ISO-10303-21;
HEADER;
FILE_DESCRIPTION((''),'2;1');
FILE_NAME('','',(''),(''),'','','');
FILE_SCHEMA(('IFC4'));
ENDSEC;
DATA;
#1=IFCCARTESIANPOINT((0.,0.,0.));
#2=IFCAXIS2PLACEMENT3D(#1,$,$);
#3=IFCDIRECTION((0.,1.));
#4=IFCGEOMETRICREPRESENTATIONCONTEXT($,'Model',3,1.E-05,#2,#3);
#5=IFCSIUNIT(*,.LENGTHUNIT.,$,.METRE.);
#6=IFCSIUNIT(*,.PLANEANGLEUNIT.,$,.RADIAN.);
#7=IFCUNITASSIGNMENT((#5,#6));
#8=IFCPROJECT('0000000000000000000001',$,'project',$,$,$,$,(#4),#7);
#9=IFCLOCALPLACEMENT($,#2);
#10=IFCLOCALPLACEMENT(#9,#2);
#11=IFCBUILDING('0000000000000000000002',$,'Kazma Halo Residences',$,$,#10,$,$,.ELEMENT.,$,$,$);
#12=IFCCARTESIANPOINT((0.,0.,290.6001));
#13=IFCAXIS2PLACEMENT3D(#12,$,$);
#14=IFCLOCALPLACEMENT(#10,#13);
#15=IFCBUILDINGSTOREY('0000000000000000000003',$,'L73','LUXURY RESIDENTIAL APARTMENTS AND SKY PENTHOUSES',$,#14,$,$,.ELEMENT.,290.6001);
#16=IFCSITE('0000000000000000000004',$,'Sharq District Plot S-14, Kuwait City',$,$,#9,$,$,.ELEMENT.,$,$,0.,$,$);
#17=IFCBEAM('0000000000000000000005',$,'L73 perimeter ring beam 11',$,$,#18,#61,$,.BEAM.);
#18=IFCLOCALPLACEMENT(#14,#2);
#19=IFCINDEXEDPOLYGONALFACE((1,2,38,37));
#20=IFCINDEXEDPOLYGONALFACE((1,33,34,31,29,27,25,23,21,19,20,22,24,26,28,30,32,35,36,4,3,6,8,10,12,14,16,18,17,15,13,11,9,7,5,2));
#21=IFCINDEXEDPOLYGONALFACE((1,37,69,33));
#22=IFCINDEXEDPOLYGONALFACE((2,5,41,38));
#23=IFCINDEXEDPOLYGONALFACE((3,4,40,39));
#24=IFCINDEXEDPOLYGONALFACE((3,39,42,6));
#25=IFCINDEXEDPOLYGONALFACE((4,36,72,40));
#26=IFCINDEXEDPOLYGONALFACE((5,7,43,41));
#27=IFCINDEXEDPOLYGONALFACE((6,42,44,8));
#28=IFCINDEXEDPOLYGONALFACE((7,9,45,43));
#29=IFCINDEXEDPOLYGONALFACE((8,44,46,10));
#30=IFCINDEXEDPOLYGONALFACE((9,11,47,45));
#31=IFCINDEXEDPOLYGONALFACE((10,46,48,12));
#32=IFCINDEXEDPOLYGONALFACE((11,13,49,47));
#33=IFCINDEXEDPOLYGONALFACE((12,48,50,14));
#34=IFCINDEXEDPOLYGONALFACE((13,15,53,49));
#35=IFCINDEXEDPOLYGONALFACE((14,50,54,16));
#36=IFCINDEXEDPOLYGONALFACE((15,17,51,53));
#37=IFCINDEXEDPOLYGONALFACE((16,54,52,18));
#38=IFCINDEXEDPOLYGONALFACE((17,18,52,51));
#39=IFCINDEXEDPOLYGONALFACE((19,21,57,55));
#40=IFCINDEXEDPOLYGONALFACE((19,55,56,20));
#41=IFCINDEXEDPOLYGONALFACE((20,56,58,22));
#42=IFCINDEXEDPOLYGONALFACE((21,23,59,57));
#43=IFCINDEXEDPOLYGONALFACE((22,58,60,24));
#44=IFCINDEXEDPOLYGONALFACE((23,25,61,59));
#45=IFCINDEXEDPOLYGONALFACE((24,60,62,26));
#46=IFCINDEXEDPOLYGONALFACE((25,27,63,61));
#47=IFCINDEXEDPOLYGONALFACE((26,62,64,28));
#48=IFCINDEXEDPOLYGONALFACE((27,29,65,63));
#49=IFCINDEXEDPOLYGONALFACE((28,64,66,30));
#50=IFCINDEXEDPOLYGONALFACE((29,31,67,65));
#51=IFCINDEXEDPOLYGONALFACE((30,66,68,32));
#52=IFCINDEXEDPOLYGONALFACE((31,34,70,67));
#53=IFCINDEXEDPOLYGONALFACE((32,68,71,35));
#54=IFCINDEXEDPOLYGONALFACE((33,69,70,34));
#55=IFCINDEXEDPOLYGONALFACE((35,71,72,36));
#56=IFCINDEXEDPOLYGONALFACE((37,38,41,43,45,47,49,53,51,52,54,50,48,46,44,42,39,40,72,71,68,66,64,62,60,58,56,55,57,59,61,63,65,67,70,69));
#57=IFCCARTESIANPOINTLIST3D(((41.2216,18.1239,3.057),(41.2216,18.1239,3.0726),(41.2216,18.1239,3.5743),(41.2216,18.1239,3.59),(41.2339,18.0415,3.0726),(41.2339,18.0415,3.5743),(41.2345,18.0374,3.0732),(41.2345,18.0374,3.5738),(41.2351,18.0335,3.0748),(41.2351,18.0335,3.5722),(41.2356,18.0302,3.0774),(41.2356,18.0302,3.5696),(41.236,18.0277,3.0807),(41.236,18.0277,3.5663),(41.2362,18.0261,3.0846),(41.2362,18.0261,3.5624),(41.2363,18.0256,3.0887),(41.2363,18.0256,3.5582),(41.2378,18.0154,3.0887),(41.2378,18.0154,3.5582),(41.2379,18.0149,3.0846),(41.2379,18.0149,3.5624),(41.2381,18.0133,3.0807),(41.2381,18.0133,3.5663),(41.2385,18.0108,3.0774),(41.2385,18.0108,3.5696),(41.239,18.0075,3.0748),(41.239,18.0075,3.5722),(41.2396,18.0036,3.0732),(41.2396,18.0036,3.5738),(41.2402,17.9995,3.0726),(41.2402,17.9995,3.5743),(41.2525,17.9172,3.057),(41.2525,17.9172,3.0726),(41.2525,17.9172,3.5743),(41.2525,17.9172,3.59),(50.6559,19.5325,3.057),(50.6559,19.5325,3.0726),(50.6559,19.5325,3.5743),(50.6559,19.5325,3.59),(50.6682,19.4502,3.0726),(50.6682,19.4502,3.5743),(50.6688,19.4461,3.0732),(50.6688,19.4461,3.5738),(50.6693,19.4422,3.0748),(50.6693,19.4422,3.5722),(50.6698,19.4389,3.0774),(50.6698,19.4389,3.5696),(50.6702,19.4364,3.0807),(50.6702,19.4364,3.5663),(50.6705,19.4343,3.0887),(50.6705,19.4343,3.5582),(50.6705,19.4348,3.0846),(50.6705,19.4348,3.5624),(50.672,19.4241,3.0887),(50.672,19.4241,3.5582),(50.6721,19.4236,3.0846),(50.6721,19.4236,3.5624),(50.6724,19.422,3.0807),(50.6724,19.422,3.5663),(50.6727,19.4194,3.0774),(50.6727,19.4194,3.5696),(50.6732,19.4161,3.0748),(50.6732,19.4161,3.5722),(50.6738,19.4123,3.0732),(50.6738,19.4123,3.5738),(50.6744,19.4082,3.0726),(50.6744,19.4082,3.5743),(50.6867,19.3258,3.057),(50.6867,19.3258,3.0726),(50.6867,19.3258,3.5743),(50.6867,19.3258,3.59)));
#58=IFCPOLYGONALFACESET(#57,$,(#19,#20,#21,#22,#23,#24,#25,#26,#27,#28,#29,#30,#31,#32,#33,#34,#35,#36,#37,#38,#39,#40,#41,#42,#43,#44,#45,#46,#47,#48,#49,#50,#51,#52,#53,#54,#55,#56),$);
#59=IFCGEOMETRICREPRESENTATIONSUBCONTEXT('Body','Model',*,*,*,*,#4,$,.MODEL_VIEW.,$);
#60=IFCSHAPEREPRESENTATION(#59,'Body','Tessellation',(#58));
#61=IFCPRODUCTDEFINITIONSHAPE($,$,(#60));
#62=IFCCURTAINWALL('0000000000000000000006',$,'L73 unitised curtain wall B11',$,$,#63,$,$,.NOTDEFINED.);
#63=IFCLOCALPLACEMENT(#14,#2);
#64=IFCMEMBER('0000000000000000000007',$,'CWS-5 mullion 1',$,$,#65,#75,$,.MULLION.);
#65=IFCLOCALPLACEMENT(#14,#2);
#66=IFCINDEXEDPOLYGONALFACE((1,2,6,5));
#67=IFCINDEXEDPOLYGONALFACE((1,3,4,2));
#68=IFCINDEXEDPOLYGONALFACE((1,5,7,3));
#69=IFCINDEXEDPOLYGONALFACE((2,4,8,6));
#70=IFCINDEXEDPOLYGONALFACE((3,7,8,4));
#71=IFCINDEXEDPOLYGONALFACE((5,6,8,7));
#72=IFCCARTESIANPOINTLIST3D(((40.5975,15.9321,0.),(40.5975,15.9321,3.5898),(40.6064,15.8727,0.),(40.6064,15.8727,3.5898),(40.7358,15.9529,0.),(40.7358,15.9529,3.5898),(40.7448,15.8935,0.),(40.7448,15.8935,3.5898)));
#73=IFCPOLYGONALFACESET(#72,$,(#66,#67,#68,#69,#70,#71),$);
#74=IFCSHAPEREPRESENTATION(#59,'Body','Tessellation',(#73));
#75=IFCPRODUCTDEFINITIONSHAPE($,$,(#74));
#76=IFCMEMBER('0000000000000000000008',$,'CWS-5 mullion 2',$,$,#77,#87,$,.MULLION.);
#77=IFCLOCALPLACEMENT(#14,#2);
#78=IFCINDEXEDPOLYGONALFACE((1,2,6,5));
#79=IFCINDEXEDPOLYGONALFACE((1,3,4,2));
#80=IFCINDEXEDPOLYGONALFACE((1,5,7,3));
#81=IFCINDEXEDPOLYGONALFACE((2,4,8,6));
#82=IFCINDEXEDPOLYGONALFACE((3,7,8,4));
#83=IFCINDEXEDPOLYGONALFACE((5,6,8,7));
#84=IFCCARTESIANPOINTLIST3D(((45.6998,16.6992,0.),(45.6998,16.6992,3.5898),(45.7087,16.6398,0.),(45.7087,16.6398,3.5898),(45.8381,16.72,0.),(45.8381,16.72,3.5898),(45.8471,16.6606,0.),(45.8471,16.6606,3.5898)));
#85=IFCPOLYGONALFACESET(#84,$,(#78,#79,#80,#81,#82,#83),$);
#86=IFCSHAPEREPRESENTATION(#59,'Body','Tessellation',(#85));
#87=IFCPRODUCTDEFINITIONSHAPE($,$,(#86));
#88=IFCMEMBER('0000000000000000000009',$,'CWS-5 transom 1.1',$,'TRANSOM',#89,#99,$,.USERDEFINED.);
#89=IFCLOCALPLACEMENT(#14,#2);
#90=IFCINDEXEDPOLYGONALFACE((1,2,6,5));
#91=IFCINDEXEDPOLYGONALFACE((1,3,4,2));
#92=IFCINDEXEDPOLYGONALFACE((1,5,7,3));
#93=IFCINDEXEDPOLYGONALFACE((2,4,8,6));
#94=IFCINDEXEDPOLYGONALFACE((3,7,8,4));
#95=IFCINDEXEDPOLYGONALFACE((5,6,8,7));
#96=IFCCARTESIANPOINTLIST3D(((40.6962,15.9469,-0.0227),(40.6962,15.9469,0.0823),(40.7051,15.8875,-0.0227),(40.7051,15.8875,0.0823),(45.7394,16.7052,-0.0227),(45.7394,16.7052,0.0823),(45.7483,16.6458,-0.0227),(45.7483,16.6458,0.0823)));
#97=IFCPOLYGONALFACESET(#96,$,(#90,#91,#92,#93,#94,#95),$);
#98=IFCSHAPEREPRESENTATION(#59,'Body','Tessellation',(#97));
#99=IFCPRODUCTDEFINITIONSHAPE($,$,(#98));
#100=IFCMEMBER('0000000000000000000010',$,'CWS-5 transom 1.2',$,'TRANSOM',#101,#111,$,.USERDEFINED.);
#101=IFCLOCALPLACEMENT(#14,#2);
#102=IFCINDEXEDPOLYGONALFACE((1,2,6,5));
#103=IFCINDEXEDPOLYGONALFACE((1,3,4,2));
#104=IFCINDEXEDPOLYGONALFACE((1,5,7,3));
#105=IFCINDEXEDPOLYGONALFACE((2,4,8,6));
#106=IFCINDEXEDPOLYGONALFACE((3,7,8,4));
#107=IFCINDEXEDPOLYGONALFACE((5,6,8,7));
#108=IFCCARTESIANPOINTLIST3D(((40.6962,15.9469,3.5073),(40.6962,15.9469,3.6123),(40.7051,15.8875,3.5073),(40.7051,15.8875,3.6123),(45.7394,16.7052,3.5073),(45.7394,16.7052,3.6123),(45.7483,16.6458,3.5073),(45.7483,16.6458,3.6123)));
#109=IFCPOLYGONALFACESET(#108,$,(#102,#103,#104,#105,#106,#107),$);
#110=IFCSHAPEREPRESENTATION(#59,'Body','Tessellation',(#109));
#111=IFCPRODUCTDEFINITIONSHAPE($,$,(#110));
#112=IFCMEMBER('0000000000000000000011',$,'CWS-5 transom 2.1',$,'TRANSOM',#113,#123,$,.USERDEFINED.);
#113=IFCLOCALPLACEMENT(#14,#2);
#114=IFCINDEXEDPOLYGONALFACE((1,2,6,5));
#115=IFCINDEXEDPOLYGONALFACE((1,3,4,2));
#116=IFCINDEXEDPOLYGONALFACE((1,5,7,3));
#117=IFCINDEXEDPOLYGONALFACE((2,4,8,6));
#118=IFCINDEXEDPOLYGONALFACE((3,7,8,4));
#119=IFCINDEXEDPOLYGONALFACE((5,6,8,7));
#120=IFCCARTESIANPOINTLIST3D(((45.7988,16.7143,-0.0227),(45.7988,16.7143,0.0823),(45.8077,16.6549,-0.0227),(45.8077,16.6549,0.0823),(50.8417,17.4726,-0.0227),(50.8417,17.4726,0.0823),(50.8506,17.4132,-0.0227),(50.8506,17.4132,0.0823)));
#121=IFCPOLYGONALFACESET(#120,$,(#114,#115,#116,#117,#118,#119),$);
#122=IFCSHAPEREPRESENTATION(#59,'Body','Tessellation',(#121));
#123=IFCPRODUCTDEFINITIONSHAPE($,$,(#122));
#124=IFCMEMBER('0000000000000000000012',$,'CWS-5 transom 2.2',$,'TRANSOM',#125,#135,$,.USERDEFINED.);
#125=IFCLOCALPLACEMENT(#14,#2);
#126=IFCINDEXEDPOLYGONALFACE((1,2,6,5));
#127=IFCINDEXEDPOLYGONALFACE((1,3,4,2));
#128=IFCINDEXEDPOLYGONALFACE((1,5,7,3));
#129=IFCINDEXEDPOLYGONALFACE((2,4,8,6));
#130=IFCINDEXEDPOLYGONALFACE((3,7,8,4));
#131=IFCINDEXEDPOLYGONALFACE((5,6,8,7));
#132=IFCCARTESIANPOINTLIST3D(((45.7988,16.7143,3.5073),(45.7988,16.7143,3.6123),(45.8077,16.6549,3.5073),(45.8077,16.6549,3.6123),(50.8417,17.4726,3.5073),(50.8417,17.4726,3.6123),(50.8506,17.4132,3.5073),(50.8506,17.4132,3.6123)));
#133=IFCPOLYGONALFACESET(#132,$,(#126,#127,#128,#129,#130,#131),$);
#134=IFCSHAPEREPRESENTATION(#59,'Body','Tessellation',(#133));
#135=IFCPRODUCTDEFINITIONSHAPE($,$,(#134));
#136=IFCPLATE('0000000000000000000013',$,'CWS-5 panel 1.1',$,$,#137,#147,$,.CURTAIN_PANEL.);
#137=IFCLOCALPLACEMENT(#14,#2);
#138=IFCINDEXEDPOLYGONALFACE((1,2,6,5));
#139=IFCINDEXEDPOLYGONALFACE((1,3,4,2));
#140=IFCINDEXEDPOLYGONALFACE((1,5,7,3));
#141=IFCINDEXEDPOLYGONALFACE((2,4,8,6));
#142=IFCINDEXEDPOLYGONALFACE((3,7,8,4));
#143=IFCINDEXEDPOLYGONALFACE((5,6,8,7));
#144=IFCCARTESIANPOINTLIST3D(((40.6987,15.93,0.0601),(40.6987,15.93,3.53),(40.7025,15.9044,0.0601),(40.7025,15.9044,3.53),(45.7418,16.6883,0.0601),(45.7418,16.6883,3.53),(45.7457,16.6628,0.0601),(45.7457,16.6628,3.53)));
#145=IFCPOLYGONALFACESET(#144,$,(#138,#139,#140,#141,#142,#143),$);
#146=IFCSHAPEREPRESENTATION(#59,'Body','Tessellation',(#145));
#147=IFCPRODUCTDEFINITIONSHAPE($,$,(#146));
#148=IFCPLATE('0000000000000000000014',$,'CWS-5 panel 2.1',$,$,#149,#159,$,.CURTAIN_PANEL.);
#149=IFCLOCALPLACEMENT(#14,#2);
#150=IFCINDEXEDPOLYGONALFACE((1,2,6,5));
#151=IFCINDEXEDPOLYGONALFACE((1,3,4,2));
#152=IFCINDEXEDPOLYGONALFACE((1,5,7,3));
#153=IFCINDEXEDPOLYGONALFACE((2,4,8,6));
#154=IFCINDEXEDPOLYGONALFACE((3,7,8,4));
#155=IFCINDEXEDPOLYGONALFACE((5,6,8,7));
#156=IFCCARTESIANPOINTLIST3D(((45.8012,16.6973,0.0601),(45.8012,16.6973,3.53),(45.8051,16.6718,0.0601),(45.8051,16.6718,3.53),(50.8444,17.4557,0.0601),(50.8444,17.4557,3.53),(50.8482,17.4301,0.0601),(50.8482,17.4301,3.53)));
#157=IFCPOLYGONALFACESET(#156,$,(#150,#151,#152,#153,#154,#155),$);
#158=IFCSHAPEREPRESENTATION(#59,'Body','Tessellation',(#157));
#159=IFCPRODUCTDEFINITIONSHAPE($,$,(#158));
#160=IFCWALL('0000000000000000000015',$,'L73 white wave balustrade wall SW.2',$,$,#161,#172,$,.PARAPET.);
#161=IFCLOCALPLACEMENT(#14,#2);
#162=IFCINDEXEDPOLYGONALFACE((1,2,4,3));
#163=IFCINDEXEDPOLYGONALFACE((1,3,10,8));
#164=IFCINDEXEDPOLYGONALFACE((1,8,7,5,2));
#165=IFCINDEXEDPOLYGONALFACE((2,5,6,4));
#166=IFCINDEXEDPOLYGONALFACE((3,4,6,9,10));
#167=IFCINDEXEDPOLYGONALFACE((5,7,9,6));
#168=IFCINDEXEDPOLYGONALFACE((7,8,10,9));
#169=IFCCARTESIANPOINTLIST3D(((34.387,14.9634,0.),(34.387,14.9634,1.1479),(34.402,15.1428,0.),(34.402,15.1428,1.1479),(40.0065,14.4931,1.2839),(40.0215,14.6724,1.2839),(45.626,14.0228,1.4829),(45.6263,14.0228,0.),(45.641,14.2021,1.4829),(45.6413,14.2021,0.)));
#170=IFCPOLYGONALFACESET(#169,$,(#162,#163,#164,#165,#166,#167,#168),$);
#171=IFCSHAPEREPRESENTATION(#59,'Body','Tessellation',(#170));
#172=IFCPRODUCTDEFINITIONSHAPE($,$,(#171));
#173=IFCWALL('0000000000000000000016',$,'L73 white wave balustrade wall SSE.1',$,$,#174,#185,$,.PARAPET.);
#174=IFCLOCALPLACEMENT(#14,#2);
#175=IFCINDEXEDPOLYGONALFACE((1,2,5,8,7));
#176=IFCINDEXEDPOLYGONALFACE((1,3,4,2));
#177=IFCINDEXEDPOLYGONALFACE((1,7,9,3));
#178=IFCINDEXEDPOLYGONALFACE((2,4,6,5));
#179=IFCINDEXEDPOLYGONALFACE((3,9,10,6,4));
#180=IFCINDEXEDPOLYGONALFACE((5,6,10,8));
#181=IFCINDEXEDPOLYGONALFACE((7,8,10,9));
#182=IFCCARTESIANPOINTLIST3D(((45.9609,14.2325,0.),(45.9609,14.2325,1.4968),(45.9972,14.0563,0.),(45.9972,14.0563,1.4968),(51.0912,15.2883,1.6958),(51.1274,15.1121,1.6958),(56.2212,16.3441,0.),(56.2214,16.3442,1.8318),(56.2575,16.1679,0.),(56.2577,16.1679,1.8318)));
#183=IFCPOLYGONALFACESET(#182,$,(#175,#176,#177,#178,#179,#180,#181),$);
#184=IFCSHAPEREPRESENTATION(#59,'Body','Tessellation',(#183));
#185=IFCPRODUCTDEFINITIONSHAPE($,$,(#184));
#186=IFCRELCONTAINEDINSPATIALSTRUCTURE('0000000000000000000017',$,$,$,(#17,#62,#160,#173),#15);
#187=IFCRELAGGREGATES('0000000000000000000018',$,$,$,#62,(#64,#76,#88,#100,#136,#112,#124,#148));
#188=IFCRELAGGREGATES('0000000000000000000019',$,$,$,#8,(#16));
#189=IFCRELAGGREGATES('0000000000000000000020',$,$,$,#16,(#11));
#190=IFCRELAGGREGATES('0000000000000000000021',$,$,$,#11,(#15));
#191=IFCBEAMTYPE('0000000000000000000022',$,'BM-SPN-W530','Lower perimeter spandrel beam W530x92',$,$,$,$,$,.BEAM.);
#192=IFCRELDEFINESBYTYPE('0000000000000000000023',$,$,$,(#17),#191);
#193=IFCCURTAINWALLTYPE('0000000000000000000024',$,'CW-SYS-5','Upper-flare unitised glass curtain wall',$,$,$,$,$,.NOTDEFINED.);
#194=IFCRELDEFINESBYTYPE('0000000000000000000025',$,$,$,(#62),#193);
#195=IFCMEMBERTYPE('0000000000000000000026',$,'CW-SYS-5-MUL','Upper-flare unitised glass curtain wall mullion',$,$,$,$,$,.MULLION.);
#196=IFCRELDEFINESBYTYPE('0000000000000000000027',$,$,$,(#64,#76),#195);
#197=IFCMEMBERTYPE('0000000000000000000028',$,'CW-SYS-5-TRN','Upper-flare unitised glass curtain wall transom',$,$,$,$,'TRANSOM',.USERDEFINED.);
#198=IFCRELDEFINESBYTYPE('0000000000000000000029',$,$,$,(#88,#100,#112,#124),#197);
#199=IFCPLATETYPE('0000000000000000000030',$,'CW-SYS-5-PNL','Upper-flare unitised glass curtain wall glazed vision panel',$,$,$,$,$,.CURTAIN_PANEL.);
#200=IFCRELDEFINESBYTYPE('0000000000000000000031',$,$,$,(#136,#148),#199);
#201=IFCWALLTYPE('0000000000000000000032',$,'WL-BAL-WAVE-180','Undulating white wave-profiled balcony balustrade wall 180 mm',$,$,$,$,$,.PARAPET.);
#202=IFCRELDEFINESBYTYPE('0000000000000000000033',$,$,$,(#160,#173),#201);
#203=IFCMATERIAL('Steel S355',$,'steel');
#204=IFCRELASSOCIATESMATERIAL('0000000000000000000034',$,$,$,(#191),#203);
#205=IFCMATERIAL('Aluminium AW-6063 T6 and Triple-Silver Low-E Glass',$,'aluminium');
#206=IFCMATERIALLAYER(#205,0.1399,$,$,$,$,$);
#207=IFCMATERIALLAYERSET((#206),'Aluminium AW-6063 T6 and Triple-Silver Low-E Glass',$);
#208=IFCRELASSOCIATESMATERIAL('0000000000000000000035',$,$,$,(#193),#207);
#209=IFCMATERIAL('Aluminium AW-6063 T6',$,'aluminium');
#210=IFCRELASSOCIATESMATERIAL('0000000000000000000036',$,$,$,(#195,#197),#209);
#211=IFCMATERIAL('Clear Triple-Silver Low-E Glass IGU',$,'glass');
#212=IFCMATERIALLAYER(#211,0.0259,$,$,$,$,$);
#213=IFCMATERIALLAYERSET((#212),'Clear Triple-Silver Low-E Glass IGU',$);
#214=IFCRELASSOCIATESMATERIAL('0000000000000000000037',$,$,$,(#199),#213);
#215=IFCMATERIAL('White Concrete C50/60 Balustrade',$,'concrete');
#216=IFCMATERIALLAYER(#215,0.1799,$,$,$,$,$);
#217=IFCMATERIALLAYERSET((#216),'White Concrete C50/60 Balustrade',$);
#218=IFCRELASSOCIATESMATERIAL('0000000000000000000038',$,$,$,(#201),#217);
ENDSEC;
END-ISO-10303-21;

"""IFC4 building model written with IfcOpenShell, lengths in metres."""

from ifc_helpers import new_model, si_unit, direction, frame, origin, origin_2d, place, context, subcontext, project, spatial, polyline, rectangle, i_section, outline, extrude, material, layer, layer_set, material_profile, profile_set, type_object, element, aggregate, save


model = new_model("IFC4")

# Units and contexts
model_context = context("Model", 3, precision=1e-05, world=origin(), true_north=direction((0.0, 1.0)))
body_context = subcontext(model_context, "Body", "Model", "MODEL_VIEW")
ifc_project = project(units=[si_unit("LENGTHUNIT", "METRE"), si_unit("PLANEANGLEUNIT", "RADIAN")], contexts=[model_context])

# Site, building, storey
site_placement = place(None, origin())
site = spatial("IfcSite", under=ifc_project, at=site_placement, Name="Sharq District Plot S-14, Kuwait City", CompositionType="ELEMENT", RefElevation=0.0)
building_placement = place(site_placement, origin())
building = spatial("IfcBuilding", under=site, at=building_placement, Name="Kazma Halo Residences", CompositionType="ELEMENT")
storey_placement = place(building_placement, frame((0.0, 0.0, 290.6001)))
storey = spatial("IfcBuildingStorey", under=building, at=storey_placement, Name="L73", Description="LUXURY RESIDENTIAL APARTMENTS AND SKY PENTHOUSES", CompositionType="ELEMENT", Elevation=290.6001)

# Beam
ifc_material_1 = material(Name="Steel S355", Category="steel")
ifc_material_profile_1 = material_profile(ifc_material_1, i_section(OverallWidth=0.209, OverallDepth=0.533, WebThickness=0.0103, FlangeThickness=0.0156, FilletRadius=0.0161, at=origin_2d()), Name="W530x92")
ifc_profile_set_1 = profile_set([ifc_material_profile_1], Name="Steel S355")
beam_type_1 = type_object("IfcBeamType", Name="BM-SPN-W530", Description="Lower perimeter spandrel beam W530x92", PredefinedType="BEAM", material=ifc_profile_set_1)
beam_1_placement = place(storey_placement, frame((41.2371, 18.0205, 3.3235), z_axis=(0.989035, 0.147678, 0.0), x_axis=(-0.147678, 0.989035, 0.0)))
element("IfcBeam", 1, at=beam_1_placement, inside=storey, type_object=beam_type_1, Name="L73 perimeter ring beam 11", PredefinedType="BEAM", context=body_context, shape_type="SweptSolid", body=[
    extrude(i_section(OverallWidth=0.209, OverallDepth=0.533, WebThickness=0.0103, FlangeThickness=0.0156, FilletRadius=0.0161, at=origin_2d()), origin(), (0.0, 0.0, 1.0), 9.5388),
])

# Curtain wall, members, plates
ifc_material_2 = material(Name="Aluminium AW-6063 T6 and Triple-Silver Low-E Glass", Category="aluminium")
ifc_layer_1 = layer(ifc_material_2, 0.1399)
ifc_layer_set_1 = layer_set([ifc_layer_1], Name="Aluminium AW-6063 T6 and Triple-Silver Low-E Glass")
curtain_wall_type = type_object("IfcCurtainWallType", Name="CW-SYS-5", Description="Upper-flare unitised glass curtain wall", PredefinedType="NOTDEFINED", material=ifc_layer_set_1)
curtain_wall_placement = place(storey_placement, origin())
curtain_wall = element("IfcCurtainWall", 2, at=curtain_wall_placement, inside=storey, type_object=curtain_wall_type, Name="L73 unitised curtain wall B11", PredefinedType="NOTDEFINED")
ifc_material_3 = material(Name="Aluminium AW-6063 T6", Category="aluminium")
ifc_material_profile_2 = material_profile(ifc_material_3, rectangle(XDim=0.0601, YDim=0.1399, at=origin_2d()), Name="CWM-60x140")
ifc_profile_set_2 = profile_set([ifc_material_profile_2], Name="Aluminium AW-6063 T6")
member_type_1 = type_object("IfcMemberType", Name="CW-SYS-5-MUL", Description="Upper-flare unitised glass curtain wall mullion", PredefinedType="MULLION", material=ifc_profile_set_2)
member_1_placement = place(storey_placement, frame((40.6711, 15.9128, 0.0), z_axis=(0.0, 0.0, 1.0), x_axis=(-0.148697, 0.988883, 0.0)))
member_1 = element("IfcMember", 3, at=member_1_placement, type_object=member_type_1, Name="CWS-5 mullion 1", PredefinedType="MULLION", context=body_context, shape_type="SweptSolid", body=[
    extrude(rectangle(XDim=0.0601, YDim=0.1399, at=origin_2d()), origin(), (0.0, 0.0, 1.0), 3.5898),
])
member_2_placement = place(storey_placement, frame((45.7734, 16.6799, 0.0), z_axis=(0.0, 0.0, 1.0), x_axis=(-0.148697, 0.988883, 0.0)))
member_2 = element("IfcMember", 4, at=member_2_placement, type_object=member_type_1, Name="CWS-5 mullion 2", PredefinedType="MULLION", context=body_context, shape_type="SweptSolid", body=[
    extrude(rectangle(XDim=0.0601, YDim=0.1399, at=origin_2d()), origin(), (0.0, 0.0, 1.0), 3.5898),
])
ifc_material_profile_3 = material_profile(ifc_material_3, rectangle(XDim=0.0601, YDim=0.105, at=origin_2d()), Name="CWT-60x105")
ifc_profile_set_3 = profile_set([ifc_material_profile_3], Name="Aluminium AW-6063 T6")
member_type_2 = type_object("IfcMemberType", Name="CW-SYS-5-TRN", Description="Upper-flare unitised glass curtain wall transom", ElementType="TRANSOM", PredefinedType="USERDEFINED", material=ifc_profile_set_3)
member_3_placement = place(storey_placement, frame((40.7007, 15.9172, 0.0298), z_axis=(0.988884, 0.148689, 0.0), x_axis=(-0.148689, 0.988884, 0.0)))
member_3 = element("IfcMember", 5, at=member_3_placement, type_object=member_type_2, Name="CWS-5 transom 1.1", ObjectType="TRANSOM", PredefinedType="USERDEFINED", context=body_context, shape_type="SweptSolid", body=[
    extrude(rectangle(XDim=0.0601, YDim=0.105, at=origin_2d()), origin(), (0.0, 0.0, 1.0), 5.0999),
])
member_4_placement = place(storey_placement, frame((40.7007, 15.9172, 3.5598), z_axis=(0.988884, 0.148689, 0.0), x_axis=(-0.148689, 0.988884, 0.0)))
member_4 = element("IfcMember", 6, at=member_4_placement, type_object=member_type_2, Name="CWS-5 transom 1.2", ObjectType="TRANSOM", PredefinedType="USERDEFINED", context=body_context, shape_type="SweptSolid", body=[
    extrude(rectangle(XDim=0.0601, YDim=0.105, at=origin_2d()), origin(), (0.0, 0.0, 1.0), 5.0999),
])
member_5_placement = place(storey_placement, frame((45.8032, 16.6846, 0.0298), z_axis=(0.988883, 0.148696, 0.0), x_axis=(-0.148696, 0.988883, 0.0)))
member_5 = element("IfcMember", 7, at=member_5_placement, type_object=member_type_2, Name="CWS-5 transom 2.1", ObjectType="TRANSOM", PredefinedType="USERDEFINED", context=body_context, shape_type="SweptSolid", body=[
    extrude(rectangle(XDim=0.0601, YDim=0.105, at=origin_2d()), origin(), (0.0, 0.0, 1.0), 5.0996),
])
member_6_placement = place(storey_placement, frame((45.8032, 16.6846, 3.5598), z_axis=(0.988883, 0.148696, 0.0), x_axis=(-0.148696, 0.988883, 0.0)))
member_6 = element("IfcMember", 8, at=member_6_placement, type_object=member_type_2, Name="CWS-5 transom 2.2", ObjectType="TRANSOM", PredefinedType="USERDEFINED", context=body_context, shape_type="SweptSolid", body=[
    extrude(rectangle(XDim=0.0601, YDim=0.105, at=origin_2d()), origin(), (0.0, 0.0, 1.0), 5.0996),
])
ifc_material_4 = material(Name="Clear Triple-Silver Low-E Glass IGU", Category="glass")
ifc_layer_2 = layer(ifc_material_4, 0.0259)
ifc_layer_set_2 = layer_set([ifc_layer_2], Name="Clear Triple-Silver Low-E Glass IGU")
plate_type = type_object("IfcPlateType", Name="CW-SYS-5-PNL", Description="Upper-flare unitised glass curtain wall glazed vision panel", PredefinedType="CURTAIN_PANEL", material=ifc_layer_set_2)
plate_1_placement = place(storey_placement, frame((43.2222, 16.2964, 0.0601), z_axis=(0.0, 0.0, 1.0), x_axis=(0.988883, 0.148697, 0.0)))
plate_1 = element("IfcPlate", 9, at=plate_1_placement, type_object=plate_type, Name="CWS-5 panel 1.1", PredefinedType="CURTAIN_PANEL", context=body_context, shape_type="SweptSolid", body=[
    extrude(rectangle(XDim=5.0999, YDim=0.0259, at=origin_2d()), origin(), (0.0, 0.0, 1.0), 3.47),
])
plate_2_placement = place(storey_placement, frame((48.3247, 17.0637, 0.0601), z_axis=(0.0, 0.0, 1.0), x_axis=(0.988883, 0.148697, 0.0)))
plate_2 = element("IfcPlate", 10, at=plate_2_placement, type_object=plate_type, Name="CWS-5 panel 2.1", PredefinedType="CURTAIN_PANEL", context=body_context, shape_type="SweptSolid", body=[
    extrude(rectangle(XDim=5.0999, YDim=0.0259, at=origin_2d()), origin(), (0.0, 0.0, 1.0), 3.47),
])
aggregate(curtain_wall, [member_1, member_2, member_3, member_4, plate_1, member_5, member_6, plate_2])

# Walls
ifc_material_5 = material(Name="White Concrete C50/60 Balustrade", Category="concrete")
ifc_layer_3 = layer(ifc_material_5, 0.1799)
ifc_layer_set_3 = layer_set([ifc_layer_3], Name="White Concrete C50/60 Balustrade")
wall_type_1 = type_object("IfcWallType", Name="WL-BAL-WAVE-180", Description="Undulating white wave-profiled balcony balustrade wall 180 mm", PredefinedType="PARAPET", material=ifc_layer_set_3)
wall_1_placement = place(storey_placement, frame((34.3945, 15.0532, 0.0), z_axis=(0.0, 0.0, 1.0), x_axis=(0.996516, -0.083404, 0.0)))
element("IfcWall", 11, at=wall_1_placement, inside=storey, type_object=wall_type_1, Name="L73 white wave balustrade wall SW.2", PredefinedType="PARAPET", context=body_context, shape_type="SweptSolid", body=[
    extrude(outline(polyline([(0.0, 0.0), (11.2786, 0.0), (11.2783, 1.4829), (5.6392, 1.2839), (0.0, 1.1479), (0.0, 0.0)])), frame((0.0, 0.0898, 0.0), z_axis=(0.0, -1.0, 0.0), x_axis=(1.0, 0.0, 0.0)), (0.0, 0.0, 1.0), 0.1799),
])
wall_2_placement = place(storey_placement, frame((45.979, 14.1445, 0.0), z_axis=(0.0, 0.0, 1.0), x_axis=(0.979473, 0.201577, 0.0)))
element("IfcWall", 12, at=wall_2_placement, inside=storey, type_object=wall_type_1, Name="L73 white wave balustrade wall SSE.1", PredefinedType="PARAPET", context=body_context, shape_type="SweptSolid", body=[
    extrude(outline(polyline([(0.0, 0.0), (10.4753, 0.0), (10.4756, 1.8318), (5.2378, 1.6958), (0.0, 1.4968), (0.0, 0.0)])), frame((0.0, 0.0898, 0.0), z_axis=(0.0, -1.0, 0.0), x_axis=(1.0, 0.0, 0.0)), (0.0, 0.0, 1.0), 0.1799),
])

save(model, "model.ifc")
